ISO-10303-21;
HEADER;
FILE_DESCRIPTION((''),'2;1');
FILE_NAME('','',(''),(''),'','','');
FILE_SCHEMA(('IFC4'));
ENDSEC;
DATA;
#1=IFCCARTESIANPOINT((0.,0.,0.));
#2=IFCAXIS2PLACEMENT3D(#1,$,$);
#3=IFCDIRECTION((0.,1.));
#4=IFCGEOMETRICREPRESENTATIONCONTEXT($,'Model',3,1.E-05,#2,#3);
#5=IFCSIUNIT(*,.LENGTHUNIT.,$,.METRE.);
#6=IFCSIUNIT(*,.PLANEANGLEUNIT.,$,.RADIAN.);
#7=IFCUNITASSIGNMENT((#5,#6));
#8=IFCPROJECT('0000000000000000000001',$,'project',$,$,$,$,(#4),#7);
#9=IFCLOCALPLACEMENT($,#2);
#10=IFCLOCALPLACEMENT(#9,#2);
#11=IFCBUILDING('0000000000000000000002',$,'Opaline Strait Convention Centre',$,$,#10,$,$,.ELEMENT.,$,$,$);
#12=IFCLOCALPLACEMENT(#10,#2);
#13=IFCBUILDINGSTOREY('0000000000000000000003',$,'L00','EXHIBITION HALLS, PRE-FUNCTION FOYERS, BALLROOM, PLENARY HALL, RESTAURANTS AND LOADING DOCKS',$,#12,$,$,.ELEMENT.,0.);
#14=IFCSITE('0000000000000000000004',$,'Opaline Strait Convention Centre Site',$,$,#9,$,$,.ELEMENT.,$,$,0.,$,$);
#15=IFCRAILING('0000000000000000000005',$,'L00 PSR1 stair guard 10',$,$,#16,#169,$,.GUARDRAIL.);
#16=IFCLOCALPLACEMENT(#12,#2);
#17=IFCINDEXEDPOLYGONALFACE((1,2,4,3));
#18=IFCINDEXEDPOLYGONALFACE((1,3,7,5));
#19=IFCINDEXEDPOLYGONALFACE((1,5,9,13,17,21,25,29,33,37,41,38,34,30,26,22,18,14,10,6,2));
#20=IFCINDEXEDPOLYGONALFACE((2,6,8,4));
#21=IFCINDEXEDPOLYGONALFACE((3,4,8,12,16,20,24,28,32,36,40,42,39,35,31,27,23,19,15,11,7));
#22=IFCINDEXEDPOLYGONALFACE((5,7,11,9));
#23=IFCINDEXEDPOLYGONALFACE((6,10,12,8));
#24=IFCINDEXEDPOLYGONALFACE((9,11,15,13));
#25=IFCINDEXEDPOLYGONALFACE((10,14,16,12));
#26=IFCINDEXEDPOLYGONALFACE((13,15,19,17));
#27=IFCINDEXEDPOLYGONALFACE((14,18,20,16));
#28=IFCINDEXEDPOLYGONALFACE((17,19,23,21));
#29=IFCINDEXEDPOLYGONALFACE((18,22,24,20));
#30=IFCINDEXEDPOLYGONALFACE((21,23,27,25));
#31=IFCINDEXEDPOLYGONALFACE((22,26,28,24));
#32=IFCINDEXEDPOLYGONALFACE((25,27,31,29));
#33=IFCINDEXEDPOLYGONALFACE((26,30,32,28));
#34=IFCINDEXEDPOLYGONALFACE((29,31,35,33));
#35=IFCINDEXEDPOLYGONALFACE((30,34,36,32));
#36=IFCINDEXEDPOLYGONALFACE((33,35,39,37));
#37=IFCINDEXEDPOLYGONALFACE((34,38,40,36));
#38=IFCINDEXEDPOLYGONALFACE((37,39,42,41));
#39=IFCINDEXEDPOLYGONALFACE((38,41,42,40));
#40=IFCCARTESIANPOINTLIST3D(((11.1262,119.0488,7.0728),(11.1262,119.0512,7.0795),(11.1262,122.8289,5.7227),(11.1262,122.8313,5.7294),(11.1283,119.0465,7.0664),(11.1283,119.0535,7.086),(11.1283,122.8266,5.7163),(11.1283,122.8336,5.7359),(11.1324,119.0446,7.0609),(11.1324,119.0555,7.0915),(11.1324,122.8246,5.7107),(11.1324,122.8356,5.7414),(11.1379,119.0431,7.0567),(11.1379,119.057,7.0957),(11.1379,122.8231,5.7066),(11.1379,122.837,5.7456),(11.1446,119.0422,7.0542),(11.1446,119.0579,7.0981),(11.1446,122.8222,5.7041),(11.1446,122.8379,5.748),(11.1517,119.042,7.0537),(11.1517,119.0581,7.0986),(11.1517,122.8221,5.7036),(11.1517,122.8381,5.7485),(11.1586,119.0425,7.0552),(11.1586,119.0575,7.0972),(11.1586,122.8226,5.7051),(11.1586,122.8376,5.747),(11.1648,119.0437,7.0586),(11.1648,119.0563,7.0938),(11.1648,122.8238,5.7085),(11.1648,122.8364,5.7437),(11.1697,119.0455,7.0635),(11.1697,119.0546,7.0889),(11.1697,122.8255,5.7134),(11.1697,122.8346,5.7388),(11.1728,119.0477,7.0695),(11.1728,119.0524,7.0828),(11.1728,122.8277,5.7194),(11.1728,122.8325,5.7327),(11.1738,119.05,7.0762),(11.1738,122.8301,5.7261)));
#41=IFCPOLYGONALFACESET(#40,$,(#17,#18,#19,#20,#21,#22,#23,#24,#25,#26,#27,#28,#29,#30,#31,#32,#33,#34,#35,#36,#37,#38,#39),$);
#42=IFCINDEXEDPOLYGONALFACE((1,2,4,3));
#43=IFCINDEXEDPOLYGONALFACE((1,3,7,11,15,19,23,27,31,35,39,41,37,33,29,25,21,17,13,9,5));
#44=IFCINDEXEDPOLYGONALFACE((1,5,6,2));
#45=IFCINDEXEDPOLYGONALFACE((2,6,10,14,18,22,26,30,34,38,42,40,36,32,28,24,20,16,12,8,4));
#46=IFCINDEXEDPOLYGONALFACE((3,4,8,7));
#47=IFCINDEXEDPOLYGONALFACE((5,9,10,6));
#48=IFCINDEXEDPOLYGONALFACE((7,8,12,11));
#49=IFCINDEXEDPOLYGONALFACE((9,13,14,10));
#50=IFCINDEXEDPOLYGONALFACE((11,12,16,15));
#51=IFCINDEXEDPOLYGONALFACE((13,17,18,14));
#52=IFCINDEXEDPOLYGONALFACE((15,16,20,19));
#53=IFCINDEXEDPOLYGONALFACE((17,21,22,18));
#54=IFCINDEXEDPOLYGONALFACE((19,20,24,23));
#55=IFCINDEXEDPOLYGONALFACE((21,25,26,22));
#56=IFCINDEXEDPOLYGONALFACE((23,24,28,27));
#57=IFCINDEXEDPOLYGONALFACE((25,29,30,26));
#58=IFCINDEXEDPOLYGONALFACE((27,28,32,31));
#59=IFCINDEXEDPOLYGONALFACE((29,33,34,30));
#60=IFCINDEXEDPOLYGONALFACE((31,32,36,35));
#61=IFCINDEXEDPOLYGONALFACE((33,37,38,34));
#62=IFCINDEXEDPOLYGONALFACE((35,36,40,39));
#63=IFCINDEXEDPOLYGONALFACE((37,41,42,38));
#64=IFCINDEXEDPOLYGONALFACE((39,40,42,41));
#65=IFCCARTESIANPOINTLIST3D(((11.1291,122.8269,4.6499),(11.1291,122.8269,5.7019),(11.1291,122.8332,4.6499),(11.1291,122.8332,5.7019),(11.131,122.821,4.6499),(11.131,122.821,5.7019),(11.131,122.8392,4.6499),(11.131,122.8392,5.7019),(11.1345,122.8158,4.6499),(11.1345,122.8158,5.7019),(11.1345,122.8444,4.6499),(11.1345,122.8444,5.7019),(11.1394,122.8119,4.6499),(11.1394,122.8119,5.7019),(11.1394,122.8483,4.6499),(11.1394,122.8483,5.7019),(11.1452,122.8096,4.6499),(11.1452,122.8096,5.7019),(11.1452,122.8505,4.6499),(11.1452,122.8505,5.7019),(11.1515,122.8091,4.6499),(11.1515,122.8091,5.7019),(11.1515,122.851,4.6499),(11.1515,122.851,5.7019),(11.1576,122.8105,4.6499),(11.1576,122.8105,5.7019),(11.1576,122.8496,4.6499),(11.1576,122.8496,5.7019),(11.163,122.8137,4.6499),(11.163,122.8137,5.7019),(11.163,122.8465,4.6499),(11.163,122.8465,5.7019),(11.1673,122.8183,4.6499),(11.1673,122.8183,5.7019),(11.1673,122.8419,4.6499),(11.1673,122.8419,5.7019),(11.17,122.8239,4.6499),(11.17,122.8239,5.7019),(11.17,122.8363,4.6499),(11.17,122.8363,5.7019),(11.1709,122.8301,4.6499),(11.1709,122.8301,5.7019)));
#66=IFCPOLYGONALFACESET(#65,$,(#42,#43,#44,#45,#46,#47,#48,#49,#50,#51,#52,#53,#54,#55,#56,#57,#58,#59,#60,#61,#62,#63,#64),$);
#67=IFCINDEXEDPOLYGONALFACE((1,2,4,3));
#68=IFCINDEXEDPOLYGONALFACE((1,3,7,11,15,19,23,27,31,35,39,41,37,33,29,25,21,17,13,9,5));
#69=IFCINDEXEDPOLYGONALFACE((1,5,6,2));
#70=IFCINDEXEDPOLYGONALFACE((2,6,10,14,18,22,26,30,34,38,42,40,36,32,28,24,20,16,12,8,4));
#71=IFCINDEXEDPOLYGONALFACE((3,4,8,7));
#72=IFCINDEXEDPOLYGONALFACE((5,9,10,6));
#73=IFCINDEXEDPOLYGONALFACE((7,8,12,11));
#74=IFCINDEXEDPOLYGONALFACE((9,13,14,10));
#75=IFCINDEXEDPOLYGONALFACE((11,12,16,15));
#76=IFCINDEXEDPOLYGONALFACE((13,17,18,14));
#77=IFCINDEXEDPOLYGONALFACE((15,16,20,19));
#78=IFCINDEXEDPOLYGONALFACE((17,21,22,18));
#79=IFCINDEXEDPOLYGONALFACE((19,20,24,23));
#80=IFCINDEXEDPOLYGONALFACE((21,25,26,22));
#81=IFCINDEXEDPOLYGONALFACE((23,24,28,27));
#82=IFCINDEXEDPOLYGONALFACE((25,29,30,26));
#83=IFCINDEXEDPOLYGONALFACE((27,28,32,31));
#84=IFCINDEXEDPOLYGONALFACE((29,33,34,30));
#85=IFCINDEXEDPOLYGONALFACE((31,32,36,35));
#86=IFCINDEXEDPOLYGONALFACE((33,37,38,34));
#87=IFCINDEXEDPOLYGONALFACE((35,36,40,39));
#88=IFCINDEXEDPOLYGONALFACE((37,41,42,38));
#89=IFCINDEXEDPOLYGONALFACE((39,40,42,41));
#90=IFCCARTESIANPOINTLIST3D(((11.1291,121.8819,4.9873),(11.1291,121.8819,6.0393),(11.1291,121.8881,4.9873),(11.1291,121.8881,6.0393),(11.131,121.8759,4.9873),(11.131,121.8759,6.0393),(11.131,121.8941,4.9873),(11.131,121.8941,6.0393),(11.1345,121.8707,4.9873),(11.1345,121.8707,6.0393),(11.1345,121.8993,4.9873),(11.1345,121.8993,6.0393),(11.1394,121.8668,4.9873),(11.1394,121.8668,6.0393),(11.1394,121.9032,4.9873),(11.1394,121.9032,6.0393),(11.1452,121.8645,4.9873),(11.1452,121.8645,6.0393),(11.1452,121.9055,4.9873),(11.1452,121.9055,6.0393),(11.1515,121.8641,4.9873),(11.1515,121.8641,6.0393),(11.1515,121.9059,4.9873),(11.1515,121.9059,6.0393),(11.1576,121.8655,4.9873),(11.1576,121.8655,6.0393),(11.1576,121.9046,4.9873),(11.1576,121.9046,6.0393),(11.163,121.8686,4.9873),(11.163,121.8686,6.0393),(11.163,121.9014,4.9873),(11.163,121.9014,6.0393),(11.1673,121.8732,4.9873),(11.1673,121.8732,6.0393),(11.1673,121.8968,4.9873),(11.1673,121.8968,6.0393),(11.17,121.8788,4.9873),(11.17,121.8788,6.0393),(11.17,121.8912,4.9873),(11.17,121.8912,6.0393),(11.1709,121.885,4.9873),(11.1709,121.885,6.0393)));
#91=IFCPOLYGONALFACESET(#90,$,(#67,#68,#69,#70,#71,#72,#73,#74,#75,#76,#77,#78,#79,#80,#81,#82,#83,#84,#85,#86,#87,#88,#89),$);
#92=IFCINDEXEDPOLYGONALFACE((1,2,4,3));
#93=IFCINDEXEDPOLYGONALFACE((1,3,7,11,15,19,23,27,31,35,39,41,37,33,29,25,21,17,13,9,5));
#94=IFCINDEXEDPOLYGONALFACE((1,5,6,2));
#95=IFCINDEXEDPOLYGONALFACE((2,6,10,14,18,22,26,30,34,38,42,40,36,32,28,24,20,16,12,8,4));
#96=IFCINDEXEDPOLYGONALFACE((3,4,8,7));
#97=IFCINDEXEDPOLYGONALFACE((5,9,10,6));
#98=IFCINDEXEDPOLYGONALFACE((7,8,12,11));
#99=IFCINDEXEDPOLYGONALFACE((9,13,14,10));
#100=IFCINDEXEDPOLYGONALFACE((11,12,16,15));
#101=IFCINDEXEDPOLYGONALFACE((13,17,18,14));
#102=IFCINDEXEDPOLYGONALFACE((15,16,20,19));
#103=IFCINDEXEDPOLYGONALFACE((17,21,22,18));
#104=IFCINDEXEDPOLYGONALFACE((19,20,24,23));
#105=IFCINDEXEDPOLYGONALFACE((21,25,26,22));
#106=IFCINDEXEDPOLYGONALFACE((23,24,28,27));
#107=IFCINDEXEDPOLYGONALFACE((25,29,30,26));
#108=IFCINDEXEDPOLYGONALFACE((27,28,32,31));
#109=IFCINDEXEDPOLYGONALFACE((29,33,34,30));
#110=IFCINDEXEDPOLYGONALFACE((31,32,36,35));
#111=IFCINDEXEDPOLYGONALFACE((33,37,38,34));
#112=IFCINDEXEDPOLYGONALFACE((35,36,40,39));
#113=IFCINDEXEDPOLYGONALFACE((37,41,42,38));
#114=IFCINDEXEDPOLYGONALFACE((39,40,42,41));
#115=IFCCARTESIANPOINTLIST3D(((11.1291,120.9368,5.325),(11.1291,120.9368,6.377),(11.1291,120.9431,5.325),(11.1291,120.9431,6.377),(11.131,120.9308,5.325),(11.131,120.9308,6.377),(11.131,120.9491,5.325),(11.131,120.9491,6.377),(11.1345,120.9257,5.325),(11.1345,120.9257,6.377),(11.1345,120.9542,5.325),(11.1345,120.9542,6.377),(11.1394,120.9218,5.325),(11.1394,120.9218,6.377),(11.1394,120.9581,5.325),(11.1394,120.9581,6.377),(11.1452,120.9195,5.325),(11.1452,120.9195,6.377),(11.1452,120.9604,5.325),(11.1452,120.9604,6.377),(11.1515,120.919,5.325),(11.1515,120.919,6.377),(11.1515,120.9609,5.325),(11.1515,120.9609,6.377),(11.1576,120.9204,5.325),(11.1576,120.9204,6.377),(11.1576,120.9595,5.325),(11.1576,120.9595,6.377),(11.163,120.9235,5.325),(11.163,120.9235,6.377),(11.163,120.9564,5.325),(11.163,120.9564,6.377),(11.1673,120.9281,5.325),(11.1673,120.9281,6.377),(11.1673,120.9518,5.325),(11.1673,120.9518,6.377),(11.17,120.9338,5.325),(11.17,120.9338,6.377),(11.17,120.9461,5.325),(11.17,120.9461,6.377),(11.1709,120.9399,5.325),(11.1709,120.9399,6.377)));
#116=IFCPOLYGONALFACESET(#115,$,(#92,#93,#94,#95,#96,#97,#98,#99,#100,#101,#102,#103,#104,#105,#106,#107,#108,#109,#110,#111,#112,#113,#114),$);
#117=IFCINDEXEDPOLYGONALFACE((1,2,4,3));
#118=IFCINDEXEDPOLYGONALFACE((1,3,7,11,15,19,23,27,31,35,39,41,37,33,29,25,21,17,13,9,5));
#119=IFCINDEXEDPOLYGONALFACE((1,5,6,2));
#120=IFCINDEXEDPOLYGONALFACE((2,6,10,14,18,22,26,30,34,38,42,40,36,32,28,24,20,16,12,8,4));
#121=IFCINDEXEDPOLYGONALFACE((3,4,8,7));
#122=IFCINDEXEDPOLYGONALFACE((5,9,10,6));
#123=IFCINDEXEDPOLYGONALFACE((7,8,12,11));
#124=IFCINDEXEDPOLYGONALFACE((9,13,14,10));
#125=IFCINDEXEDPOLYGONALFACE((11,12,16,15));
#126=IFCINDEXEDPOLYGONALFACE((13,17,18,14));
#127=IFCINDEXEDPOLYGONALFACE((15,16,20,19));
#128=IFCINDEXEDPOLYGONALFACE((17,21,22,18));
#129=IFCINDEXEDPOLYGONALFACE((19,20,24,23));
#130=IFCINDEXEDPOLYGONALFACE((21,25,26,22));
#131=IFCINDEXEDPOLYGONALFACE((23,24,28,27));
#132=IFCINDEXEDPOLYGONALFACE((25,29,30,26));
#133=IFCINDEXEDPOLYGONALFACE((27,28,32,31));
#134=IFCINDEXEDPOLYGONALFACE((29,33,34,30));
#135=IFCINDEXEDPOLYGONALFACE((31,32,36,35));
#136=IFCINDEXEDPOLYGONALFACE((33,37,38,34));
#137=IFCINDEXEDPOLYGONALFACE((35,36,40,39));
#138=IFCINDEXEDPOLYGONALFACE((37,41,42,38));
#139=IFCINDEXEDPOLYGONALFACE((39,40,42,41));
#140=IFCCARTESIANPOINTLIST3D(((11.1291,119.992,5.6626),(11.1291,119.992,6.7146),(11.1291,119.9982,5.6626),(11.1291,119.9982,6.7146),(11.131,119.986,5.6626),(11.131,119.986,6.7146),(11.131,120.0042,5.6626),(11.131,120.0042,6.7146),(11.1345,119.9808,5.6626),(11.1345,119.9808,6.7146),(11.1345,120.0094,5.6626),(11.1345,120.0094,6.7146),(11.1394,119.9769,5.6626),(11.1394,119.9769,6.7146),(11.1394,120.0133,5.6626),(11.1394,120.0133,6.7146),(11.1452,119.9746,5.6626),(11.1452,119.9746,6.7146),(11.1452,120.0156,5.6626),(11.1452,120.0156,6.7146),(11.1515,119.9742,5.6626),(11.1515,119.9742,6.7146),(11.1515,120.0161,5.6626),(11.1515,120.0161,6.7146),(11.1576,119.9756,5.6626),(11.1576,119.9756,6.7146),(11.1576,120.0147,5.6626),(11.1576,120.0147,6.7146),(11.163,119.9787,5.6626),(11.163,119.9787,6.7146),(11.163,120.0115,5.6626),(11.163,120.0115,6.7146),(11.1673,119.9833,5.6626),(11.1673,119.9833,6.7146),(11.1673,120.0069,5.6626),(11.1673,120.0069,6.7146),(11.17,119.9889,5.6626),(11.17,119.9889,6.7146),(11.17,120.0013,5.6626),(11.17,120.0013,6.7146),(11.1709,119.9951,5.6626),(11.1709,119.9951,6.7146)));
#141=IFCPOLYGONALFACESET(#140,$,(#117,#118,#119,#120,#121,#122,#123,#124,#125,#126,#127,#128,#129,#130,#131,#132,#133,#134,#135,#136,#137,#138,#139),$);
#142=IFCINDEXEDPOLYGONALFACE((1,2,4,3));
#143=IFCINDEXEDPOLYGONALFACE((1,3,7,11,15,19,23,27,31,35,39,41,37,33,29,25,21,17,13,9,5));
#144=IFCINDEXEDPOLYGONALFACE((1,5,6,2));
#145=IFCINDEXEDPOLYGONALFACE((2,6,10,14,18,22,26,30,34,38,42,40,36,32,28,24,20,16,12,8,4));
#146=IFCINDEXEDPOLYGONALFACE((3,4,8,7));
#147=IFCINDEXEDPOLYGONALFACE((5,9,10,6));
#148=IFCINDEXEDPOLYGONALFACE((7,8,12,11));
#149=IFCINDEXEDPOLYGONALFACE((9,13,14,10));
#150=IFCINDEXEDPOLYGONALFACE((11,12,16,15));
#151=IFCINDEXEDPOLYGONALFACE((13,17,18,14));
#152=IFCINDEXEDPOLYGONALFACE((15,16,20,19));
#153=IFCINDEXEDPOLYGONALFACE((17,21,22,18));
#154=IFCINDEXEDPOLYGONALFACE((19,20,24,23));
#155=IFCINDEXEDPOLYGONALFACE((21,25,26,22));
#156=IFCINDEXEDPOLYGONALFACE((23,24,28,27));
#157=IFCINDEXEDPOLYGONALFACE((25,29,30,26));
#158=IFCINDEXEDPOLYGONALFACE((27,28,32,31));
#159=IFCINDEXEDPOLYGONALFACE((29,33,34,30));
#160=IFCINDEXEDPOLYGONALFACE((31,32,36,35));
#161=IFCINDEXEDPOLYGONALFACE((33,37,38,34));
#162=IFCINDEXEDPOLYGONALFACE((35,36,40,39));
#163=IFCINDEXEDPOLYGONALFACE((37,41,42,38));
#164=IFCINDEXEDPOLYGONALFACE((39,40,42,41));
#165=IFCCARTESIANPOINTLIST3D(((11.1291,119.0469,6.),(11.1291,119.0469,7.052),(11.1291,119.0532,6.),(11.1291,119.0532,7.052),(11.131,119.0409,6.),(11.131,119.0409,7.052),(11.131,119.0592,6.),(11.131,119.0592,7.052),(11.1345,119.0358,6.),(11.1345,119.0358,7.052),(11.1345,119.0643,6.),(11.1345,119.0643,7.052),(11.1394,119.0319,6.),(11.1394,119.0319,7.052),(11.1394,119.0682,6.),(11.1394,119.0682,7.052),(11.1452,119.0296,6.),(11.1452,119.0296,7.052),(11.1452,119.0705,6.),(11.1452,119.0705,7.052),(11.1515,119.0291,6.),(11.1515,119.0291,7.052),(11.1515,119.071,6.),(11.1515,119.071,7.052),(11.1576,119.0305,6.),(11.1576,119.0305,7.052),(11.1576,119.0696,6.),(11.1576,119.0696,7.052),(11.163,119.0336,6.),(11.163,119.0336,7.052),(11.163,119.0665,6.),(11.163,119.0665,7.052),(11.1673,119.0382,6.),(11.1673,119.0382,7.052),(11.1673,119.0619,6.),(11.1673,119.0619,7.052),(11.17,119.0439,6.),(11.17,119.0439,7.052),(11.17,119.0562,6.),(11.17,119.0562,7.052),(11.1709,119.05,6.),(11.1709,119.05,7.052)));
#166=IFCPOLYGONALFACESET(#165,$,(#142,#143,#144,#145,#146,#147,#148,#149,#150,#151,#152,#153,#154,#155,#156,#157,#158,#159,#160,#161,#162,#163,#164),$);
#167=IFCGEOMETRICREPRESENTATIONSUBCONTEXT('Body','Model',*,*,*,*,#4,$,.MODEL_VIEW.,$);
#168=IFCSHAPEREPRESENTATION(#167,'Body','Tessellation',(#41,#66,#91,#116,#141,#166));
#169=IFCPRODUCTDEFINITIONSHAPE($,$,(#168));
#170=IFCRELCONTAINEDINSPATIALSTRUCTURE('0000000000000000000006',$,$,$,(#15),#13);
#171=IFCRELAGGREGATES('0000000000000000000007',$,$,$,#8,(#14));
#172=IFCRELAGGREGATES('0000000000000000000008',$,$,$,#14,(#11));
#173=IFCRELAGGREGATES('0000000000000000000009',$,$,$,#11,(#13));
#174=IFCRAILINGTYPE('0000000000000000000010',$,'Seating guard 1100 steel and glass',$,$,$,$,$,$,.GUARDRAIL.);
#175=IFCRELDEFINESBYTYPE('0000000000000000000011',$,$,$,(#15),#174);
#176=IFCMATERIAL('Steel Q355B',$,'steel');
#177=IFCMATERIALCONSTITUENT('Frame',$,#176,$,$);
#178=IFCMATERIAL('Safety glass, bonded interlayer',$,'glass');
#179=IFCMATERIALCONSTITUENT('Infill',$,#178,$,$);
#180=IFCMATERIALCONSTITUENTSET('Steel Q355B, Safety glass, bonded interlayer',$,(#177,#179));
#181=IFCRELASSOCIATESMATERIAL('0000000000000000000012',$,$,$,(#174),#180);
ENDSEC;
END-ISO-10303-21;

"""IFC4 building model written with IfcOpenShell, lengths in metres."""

from ifc_helpers import new_model, si_unit, direction, frame, origin, origin_2d, place, context, subcontext, project, spatial, circle, extrude, material, constituent, constituent_set, type_object, element, save


model = new_model("IFC4")

# Units and contexts
model_context = context("Model", 3, precision=1e-05, world=origin(), true_north=direction((0.0, 1.0)))
body_context = subcontext(model_context, "Body", "Model", "MODEL_VIEW")
ifc_project = project(units=[si_unit("LENGTHUNIT", "METRE"), si_unit("PLANEANGLEUNIT", "RADIAN")], contexts=[model_context])

# Site, building, storey
site_placement = place(None, origin())
site = spatial("IfcSite", under=ifc_project, at=site_placement, Name="Opaline Strait Convention Centre Site", CompositionType="ELEMENT", RefElevation=0.0)
building_placement = place(site_placement, origin())
building = spatial("IfcBuilding", under=site, at=building_placement, Name="Opaline Strait Convention Centre", CompositionType="ELEMENT")
storey_placement = place(building_placement, origin())
storey = spatial("IfcBuildingStorey", under=building, at=storey_placement, Name="L00", Description="EXHIBITION HALLS, PRE-FUNCTION FOYERS, BALLROOM, PLENARY HALL, RESTAURANTS AND LOADING DOCKS", CompositionType="ELEMENT", Elevation=0.0)

# Railing
ifc_material_1 = material(Name="Steel Q355B", Category="steel")
ifc_constituent_1 = constituent(ifc_material_1, Name="Frame")
ifc_material_2 = material(Name="Safety glass, bonded interlayer", Category="glass")
ifc_constituent_2 = constituent(ifc_material_2, Name="Infill")
ifc_constituent_set = constituent_set(constituents=[ifc_constituent_1, ifc_constituent_2], Name="Steel Q355B, Safety glass, bonded interlayer")
railing_type_1 = type_object("IfcRailingType", Name="Seating guard 1100 steel and glass", PredefinedType="GUARDRAIL", material=ifc_constituent_set)
railing_1_placement = place(storey_placement, frame((11.1499, 122.8301, 4.6499)))
element("IfcRailing", 1, at=railing_1_placement, inside=storey, type_object=railing_type_1, Name="L00 PSR1 stair guard 10", PredefinedType="GUARDRAIL", context=body_context, shape_type="SweptSolid", body=[
    extrude(circle(Radius=0.0239, at=origin_2d()), frame((0.0, 0.0, 1.0762), z_axis=(0.0, -0.941735, 0.336356), x_axis=(1.0, 0.0, 0.0)), (0.0, 0.0, 1.0), 4.0139),
    extrude(circle(Radius=0.021, at=origin_2d()), origin(), (0.0, 0.0, 1.0), 1.052),
    extrude(circle(Radius=0.021, at=origin_2d()), frame((0.0, -0.9451, 0.3374)), (0.0, 0.0, 1.0), 1.052),
    extrude(circle(Radius=0.021, at=origin_2d()), frame((0.0, -1.8901, 0.675)), (0.0, 0.0, 1.0), 1.052),
    extrude(circle(Radius=0.021, at=origin_2d()), frame((0.0, -2.835, 1.0127)), (0.0, 0.0, 1.0), 1.052),
    extrude(circle(Radius=0.021, at=origin_2d()), frame((0.0, -3.78, 1.3501)), (0.0, 0.0, 1.0), 1.052),
])

save(model, "model.ifc")
